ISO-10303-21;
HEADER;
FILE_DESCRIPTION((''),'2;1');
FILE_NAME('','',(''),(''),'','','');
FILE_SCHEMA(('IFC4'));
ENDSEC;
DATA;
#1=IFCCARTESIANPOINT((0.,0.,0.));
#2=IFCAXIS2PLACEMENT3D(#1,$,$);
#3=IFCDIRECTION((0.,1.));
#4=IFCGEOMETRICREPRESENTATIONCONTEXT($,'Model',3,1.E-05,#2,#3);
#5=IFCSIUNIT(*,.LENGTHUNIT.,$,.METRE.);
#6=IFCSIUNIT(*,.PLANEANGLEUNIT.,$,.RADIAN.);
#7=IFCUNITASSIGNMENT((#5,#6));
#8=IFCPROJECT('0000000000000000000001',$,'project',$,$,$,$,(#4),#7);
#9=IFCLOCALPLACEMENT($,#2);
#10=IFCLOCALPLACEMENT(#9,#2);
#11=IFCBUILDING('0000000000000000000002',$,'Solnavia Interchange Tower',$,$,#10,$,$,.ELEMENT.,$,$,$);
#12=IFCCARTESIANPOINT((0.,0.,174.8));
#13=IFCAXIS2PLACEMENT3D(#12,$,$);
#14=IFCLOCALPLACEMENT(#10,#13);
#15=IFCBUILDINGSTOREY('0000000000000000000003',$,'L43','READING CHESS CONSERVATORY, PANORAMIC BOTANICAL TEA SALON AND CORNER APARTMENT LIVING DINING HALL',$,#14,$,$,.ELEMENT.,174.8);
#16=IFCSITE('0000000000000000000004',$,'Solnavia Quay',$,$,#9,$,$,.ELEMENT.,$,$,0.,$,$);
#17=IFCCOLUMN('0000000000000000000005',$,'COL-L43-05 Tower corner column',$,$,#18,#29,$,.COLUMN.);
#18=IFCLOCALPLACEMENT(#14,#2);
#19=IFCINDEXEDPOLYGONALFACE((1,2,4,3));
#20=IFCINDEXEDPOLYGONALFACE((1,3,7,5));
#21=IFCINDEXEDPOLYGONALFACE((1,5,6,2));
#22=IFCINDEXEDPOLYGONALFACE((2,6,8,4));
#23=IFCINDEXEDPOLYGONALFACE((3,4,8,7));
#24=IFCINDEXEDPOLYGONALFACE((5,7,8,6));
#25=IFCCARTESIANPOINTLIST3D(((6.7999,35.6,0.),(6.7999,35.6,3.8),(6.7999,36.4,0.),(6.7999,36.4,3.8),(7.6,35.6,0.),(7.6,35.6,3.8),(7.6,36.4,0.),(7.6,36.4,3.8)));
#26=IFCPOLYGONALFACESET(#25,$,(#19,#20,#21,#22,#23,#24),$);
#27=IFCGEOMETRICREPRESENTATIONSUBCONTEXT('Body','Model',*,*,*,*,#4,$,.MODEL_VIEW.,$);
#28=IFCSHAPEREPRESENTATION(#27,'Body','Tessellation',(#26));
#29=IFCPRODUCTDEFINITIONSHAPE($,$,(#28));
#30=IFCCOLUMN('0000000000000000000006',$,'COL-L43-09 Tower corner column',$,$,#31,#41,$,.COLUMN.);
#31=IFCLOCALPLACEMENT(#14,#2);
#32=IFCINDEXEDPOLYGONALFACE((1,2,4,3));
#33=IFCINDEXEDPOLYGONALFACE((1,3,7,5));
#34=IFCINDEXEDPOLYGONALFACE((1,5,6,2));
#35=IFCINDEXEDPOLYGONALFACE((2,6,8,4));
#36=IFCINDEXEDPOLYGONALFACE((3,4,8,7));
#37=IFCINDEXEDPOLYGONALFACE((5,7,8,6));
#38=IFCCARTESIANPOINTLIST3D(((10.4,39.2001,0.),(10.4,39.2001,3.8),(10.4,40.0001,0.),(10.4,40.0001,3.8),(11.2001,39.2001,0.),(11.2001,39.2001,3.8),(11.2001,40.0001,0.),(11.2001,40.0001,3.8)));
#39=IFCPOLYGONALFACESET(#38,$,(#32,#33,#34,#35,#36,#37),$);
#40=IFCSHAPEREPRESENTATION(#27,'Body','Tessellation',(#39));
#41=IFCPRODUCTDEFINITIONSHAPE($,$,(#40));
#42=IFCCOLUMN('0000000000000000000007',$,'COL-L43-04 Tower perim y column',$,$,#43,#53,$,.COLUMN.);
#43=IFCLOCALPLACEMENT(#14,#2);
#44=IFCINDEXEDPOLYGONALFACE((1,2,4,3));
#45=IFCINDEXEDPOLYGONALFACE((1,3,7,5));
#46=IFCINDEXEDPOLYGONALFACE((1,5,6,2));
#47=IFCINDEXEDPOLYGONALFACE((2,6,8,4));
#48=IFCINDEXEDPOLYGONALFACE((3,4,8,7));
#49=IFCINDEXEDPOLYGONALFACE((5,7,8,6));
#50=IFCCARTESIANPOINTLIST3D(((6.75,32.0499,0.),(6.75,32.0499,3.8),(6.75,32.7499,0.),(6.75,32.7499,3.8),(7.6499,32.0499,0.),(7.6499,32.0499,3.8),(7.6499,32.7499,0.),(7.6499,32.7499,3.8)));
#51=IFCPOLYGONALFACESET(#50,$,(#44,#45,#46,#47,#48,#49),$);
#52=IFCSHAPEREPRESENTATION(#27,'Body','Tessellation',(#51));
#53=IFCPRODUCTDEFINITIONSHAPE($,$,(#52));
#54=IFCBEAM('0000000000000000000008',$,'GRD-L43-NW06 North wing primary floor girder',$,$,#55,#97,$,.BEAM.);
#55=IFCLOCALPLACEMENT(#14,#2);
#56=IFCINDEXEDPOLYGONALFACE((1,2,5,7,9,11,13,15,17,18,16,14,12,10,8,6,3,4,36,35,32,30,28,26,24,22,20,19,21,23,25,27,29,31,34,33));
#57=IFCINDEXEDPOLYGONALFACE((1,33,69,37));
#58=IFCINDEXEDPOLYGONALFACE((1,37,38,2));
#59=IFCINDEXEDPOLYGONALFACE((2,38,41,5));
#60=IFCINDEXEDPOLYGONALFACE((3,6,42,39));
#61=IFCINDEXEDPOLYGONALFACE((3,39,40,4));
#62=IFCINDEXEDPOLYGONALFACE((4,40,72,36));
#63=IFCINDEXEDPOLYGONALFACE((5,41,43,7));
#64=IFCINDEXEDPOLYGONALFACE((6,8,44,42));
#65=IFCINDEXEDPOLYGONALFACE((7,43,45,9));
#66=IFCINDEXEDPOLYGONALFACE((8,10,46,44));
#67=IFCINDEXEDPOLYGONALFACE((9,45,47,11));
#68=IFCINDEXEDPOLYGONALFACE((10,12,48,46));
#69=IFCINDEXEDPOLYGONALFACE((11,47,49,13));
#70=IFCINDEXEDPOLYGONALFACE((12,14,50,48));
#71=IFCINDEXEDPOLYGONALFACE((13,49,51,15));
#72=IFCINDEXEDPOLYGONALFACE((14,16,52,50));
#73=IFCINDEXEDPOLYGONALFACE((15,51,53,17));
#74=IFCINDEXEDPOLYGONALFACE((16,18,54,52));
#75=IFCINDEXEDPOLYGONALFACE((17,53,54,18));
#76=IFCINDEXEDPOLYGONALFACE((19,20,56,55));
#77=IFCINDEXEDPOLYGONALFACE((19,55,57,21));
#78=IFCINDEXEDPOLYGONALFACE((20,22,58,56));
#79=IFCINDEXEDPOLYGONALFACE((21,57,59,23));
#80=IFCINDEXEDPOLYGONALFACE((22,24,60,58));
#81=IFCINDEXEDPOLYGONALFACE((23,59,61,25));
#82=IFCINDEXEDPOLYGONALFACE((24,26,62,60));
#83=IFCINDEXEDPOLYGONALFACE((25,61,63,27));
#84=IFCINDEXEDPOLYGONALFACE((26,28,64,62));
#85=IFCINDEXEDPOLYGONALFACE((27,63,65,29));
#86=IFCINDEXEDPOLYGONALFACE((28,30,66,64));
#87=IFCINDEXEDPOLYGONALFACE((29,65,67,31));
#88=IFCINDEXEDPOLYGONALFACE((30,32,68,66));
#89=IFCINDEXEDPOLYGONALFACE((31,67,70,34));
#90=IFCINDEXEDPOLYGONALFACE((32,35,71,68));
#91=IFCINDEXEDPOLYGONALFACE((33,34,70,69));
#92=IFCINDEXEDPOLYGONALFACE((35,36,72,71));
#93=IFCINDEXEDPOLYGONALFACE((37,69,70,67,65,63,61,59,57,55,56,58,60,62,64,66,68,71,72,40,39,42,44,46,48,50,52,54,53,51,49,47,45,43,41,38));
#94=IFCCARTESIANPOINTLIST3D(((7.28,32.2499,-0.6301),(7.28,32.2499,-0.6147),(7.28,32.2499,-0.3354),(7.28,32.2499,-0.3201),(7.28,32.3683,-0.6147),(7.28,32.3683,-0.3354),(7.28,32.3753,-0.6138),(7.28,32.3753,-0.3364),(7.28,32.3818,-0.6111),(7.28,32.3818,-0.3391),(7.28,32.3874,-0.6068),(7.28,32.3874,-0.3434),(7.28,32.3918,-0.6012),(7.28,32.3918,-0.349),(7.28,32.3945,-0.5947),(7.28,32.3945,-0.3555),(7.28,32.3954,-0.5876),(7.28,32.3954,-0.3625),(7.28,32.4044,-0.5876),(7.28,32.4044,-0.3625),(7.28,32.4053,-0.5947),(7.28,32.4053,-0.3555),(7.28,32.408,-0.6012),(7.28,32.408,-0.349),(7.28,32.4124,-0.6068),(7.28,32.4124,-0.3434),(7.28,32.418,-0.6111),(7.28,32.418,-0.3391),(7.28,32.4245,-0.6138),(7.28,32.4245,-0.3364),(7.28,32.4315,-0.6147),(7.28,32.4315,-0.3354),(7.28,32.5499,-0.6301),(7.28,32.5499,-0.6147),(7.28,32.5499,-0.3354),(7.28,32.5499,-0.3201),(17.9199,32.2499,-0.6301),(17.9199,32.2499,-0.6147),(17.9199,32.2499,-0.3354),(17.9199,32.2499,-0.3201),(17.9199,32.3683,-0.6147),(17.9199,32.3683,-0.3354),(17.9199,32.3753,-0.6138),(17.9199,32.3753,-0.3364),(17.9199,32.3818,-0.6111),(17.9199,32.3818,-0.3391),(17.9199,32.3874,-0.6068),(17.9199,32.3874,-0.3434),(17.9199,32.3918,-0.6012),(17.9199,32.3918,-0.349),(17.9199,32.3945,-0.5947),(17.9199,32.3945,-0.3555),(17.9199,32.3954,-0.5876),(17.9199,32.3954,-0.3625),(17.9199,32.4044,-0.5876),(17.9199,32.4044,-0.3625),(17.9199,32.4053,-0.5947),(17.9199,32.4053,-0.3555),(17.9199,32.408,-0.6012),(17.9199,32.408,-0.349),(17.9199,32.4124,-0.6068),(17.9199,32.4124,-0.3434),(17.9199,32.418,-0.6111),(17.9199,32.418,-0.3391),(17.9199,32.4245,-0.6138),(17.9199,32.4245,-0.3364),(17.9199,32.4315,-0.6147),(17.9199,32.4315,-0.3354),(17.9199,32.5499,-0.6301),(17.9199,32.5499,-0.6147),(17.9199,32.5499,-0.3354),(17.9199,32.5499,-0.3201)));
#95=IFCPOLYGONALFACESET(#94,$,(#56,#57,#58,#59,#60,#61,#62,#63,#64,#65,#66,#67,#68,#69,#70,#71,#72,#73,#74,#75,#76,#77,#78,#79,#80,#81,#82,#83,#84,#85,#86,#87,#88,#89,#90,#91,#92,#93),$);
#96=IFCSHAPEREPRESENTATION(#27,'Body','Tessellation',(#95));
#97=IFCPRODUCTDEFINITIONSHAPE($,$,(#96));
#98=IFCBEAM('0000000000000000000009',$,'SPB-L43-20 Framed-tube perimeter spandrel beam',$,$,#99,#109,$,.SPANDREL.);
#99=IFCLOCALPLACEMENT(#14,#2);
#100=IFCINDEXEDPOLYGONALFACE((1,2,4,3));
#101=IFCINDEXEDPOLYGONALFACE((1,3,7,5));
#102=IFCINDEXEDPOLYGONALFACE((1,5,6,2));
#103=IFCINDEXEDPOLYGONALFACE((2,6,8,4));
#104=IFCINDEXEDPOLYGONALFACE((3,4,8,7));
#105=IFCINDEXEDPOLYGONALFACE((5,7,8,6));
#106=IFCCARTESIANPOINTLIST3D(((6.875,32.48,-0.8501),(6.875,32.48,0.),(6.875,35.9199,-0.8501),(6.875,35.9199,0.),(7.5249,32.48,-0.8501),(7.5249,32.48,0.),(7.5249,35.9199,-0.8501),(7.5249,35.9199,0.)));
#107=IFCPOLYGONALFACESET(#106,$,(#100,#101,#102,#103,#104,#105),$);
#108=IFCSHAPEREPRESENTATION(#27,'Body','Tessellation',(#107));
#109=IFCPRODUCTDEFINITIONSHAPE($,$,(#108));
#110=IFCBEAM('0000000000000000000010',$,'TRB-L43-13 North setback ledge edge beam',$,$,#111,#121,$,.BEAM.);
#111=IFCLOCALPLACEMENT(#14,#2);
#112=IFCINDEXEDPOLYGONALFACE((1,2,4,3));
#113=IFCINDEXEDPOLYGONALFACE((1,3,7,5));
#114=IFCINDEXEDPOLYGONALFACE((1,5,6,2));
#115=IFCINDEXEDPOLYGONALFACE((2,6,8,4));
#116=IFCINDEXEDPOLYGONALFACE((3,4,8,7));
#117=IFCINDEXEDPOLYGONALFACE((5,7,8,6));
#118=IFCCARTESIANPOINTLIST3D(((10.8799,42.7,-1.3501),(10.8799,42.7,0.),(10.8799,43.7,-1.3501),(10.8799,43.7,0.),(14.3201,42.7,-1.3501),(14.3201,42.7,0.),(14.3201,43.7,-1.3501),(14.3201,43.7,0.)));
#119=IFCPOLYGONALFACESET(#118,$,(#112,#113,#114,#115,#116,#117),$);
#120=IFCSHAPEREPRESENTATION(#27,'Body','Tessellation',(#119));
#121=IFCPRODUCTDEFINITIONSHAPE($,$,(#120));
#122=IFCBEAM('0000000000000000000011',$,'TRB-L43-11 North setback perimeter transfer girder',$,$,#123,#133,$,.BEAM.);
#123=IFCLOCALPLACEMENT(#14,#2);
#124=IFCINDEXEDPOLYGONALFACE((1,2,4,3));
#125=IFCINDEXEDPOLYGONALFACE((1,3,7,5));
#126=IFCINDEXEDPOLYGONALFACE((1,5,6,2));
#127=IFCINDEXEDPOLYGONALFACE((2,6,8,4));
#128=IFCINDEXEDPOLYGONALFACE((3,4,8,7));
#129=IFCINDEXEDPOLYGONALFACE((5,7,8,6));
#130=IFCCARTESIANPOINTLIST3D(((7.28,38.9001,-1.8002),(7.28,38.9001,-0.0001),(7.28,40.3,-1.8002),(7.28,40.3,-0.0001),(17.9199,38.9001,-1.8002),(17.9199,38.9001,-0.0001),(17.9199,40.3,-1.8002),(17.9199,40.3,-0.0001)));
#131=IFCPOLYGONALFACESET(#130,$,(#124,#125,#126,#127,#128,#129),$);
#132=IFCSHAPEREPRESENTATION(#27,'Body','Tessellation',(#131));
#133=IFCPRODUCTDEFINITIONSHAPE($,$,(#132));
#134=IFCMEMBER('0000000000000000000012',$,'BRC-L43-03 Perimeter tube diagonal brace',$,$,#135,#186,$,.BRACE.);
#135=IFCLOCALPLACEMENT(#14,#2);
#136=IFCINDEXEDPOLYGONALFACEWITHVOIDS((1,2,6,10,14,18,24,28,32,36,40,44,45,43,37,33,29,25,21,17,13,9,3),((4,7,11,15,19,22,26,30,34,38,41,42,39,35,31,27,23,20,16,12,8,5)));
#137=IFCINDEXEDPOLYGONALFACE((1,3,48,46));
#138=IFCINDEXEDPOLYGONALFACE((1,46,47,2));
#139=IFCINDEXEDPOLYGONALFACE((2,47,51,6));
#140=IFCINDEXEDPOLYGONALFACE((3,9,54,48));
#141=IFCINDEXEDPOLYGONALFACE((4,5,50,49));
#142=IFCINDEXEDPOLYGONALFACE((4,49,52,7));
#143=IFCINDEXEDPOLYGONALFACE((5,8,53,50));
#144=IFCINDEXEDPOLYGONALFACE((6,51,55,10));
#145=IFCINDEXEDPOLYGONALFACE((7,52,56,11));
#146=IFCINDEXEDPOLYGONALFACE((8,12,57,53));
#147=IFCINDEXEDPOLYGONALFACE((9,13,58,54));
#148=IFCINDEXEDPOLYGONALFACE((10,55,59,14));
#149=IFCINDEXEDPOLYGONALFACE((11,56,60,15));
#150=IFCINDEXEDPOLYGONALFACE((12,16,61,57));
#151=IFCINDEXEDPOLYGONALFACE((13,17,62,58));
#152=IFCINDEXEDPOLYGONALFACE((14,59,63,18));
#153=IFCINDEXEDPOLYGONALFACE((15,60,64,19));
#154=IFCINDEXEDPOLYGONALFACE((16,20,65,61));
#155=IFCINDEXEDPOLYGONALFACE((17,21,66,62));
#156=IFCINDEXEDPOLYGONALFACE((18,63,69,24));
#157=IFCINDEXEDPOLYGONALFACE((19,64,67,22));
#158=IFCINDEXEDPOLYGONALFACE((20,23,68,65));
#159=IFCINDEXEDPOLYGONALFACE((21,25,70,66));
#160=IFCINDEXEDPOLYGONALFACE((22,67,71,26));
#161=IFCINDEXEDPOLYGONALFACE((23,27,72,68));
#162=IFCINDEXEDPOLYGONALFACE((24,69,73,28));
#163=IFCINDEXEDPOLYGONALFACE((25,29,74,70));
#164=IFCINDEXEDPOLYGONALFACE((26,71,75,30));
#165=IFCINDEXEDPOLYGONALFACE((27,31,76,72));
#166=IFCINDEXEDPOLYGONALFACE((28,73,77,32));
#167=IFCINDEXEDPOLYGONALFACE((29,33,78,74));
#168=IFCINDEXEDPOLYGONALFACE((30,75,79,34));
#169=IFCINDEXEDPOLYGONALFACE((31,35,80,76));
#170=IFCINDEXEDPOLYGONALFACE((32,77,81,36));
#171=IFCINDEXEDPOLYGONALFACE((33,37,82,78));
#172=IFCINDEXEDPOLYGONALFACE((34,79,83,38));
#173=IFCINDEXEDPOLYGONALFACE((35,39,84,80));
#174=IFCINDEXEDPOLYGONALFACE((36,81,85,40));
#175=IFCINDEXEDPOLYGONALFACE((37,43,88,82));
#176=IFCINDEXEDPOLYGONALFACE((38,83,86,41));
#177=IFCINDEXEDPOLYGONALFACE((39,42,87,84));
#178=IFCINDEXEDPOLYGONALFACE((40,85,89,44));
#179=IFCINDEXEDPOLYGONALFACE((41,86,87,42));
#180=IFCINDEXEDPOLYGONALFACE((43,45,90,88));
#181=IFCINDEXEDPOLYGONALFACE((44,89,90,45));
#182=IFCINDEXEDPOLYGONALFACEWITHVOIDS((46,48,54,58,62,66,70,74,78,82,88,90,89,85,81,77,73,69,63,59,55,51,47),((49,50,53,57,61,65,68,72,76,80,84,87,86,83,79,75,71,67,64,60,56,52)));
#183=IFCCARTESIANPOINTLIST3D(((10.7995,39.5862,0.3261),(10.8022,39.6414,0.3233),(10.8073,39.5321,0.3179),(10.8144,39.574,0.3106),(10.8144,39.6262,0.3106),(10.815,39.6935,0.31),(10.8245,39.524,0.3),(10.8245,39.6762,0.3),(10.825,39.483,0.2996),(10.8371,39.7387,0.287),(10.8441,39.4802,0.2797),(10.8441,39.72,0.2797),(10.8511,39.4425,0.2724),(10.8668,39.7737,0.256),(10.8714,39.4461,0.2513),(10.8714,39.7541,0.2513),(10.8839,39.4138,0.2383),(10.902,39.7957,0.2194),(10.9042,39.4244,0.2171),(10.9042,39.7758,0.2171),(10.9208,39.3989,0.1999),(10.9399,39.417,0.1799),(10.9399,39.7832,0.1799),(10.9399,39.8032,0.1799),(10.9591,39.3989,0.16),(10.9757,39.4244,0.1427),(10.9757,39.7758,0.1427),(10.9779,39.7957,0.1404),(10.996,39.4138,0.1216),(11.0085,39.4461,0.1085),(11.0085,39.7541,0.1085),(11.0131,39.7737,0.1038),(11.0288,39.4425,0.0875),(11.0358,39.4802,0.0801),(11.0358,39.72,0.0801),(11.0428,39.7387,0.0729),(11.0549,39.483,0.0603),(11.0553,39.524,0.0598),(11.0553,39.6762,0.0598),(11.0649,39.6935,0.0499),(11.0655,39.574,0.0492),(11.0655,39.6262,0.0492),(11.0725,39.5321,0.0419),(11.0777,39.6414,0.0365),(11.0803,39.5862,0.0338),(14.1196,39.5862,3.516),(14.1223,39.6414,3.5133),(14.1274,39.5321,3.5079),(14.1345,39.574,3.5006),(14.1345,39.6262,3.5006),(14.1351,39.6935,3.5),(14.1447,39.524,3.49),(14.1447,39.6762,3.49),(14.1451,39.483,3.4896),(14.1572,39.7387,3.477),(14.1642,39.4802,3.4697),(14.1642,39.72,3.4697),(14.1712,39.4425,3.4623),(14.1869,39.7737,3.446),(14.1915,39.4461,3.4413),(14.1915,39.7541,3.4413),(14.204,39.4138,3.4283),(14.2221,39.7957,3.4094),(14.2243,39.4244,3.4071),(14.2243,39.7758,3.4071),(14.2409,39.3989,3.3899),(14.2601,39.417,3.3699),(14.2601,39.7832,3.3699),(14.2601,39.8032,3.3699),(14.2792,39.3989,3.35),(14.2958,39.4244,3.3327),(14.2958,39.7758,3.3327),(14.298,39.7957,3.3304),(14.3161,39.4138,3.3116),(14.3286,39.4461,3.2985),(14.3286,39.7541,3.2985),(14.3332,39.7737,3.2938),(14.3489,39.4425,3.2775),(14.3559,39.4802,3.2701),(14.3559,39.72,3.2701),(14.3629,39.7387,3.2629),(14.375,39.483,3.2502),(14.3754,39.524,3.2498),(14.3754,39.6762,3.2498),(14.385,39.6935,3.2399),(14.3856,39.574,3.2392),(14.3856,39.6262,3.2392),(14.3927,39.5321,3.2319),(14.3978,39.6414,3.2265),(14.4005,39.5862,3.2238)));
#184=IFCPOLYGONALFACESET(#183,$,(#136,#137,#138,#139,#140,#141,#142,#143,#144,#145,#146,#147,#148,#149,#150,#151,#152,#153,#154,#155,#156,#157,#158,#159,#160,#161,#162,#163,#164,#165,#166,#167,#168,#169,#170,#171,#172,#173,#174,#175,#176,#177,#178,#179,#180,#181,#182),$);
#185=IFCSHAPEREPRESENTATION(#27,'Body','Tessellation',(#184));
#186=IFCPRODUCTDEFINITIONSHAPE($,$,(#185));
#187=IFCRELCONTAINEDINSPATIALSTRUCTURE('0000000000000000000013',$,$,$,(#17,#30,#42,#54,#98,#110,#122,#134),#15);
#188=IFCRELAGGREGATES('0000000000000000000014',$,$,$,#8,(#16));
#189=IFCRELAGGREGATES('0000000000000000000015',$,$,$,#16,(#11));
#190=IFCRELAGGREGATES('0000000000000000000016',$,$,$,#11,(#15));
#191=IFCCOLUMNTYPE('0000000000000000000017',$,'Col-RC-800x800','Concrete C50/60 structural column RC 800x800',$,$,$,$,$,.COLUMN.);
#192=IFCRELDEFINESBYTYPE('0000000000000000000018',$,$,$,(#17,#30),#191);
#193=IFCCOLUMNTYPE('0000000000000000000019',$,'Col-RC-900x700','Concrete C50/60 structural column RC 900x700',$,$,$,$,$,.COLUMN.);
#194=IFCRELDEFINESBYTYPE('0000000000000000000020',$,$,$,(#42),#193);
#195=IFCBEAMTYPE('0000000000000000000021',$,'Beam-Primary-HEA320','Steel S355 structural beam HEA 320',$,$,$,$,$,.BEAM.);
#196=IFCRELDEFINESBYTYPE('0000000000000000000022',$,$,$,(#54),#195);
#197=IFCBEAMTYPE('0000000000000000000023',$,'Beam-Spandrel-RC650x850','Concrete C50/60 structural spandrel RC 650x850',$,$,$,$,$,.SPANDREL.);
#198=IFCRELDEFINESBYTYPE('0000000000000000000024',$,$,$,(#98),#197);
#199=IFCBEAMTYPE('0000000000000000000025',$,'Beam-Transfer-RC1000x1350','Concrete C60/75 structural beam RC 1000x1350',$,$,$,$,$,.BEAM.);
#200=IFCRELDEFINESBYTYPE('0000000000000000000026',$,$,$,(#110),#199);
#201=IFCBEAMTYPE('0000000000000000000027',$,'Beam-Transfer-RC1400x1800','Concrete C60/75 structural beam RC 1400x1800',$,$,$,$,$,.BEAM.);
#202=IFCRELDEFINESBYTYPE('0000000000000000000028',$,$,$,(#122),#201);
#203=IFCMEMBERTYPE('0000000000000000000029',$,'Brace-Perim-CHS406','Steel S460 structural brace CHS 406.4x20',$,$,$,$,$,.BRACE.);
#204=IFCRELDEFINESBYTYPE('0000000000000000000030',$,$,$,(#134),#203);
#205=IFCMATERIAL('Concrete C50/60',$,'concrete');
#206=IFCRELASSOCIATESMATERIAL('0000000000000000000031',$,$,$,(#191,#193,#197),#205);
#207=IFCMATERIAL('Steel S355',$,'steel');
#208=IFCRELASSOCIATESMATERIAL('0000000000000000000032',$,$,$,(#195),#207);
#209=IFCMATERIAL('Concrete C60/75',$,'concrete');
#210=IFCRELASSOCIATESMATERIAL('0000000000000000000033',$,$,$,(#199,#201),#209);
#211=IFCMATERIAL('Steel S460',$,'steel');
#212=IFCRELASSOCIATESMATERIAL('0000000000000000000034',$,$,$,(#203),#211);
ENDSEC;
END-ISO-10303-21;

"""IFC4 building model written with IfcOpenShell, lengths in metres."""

from ifc_helpers import new_model, si_unit, direction, frame, origin, origin_2d, place, context, subcontext, project, spatial, rectangle, hollow_circle, i_section, extrude, material, material_profile, profile_set, type_object, element, save


model = new_model("IFC4")

# Units and contexts
model_context = context("Model", 3, precision=1e-05, world=origin(), true_north=direction((0.0, 1.0)))
body_context = subcontext(model_context, "Body", "Model", "MODEL_VIEW")
ifc_project = project(units=[si_unit("LENGTHUNIT", "METRE"), si_unit("PLANEANGLEUNIT", "RADIAN")], contexts=[model_context])

# Site, building, storey
site_placement = place(None, origin())
site = spatial("IfcSite", under=ifc_project, at=site_placement, Name="Solnavia Quay", CompositionType="ELEMENT", RefElevation=0.0)
building_placement = place(site_placement, origin())
building = spatial("IfcBuilding", under=site, at=building_placement, Name="Solnavia Interchange Tower", CompositionType="ELEMENT")
storey_placement = place(building_placement, frame((0.0, 0.0, 174.8)))
storey = spatial("IfcBuildingStorey", under=building, at=storey_placement, Name="L43", Description="READING CHESS CONSERVATORY, PANORAMIC BOTANICAL TEA SALON AND CORNER APARTMENT LIVING DINING HALL", CompositionType="ELEMENT", Elevation=174.8)

# Columns
ifc_material_1 = material(Name="Concrete C50/60", Category="concrete")
ifc_material_profile_1 = material_profile(ifc_material_1, rectangle(XDim=0.8, YDim=0.8, at=origin_2d()), Name="RC 800x800")
ifc_profile_set_1 = profile_set([ifc_material_profile_1], Name="Concrete C50/60")
column_type_1 = type_object("IfcColumnType", Name="Col-RC-800x800", Description="Concrete C50/60 structural column RC 800x800", PredefinedType="COLUMN", material=ifc_profile_set_1)
for number, where, z_axis, x_axis, name in (
    (1, (7.2, 36.0, 0.0), (0.0, 0.0, 1.0), (0.0, 1.0, 0.0), "COL-L43-05 Tower corner column"),
    (2, (10.8, 39.6001, 0.0), (0.0, 0.0, 1.0), (1.0, 0.0, 0.0), "COL-L43-09 Tower corner column"),
):
    element("IfcColumn", number, at=place(storey_placement, frame(where, z_axis=z_axis, x_axis=x_axis)), inside=storey, type_object=column_type_1, Name=name, PredefinedType="COLUMN", context=body_context, shape_type="SweptSolid", body=[
        extrude(rectangle(XDim=0.8, YDim=0.8, at=origin_2d()), origin(), (0.0, 0.0, 1.0), 3.8),
    ])
ifc_material_profile_2 = material_profile(ifc_material_1, rectangle(XDim=0.7, YDim=0.8999, at=origin_2d()), Name="RC 900x700")
ifc_profile_set_2 = profile_set([ifc_material_profile_2], Name="Concrete C50/60")
column_type_2 = type_object("IfcColumnType", Name="Col-RC-900x700", Description="Concrete C50/60 structural column RC 900x700", PredefinedType="COLUMN", material=ifc_profile_set_2)
column_placement = place(storey_placement, frame((7.2, 32.3999, 0.0), z_axis=(0.0, 0.0, 1.0), x_axis=(0.0, 1.0, 0.0)))
element("IfcColumn", 3, at=column_placement, inside=storey, type_object=column_type_2, Name="COL-L43-04 Tower perim y column", PredefinedType="COLUMN", context=body_context, shape_type="SweptSolid", body=[
    extrude(rectangle(XDim=0.7, YDim=0.8999, at=origin_2d()), origin(), (0.0, 0.0, 1.0), 3.8),
])

# Beams
ifc_material_2 = material(Name="Steel S355", Category="steel")
ifc_material_profile_3 = material_profile(ifc_material_2, i_section(OverallWidth=0.3, OverallDepth=0.3101, WebThickness=0.009, FlangeThickness=0.0154, FilletRadius=0.0271, at=origin_2d()), Name="HEA 320")
ifc_profile_set_3 = profile_set([ifc_material_profile_3], Name="Steel S355")
beam_type_1 = type_object("IfcBeamType", Name="Beam-Primary-HEA320", Description="Steel S355 structural beam HEA 320", PredefinedType="BEAM", material=ifc_profile_set_3)
beam_1_placement = place(storey_placement, frame((7.28, 32.3999, -0.4751), z_axis=(1.0, 0.0, 0.0), x_axis=(0.0, 1.0, 0.0)))
element("IfcBeam", 4, at=beam_1_placement, inside=storey, type_object=beam_type_1, Name="GRD-L43-NW06 North wing primary floor girder", PredefinedType="BEAM", context=body_context, shape_type="SweptSolid", body=[
    extrude(i_section(OverallWidth=0.3, OverallDepth=0.3101, WebThickness=0.009, FlangeThickness=0.0154, FilletRadius=0.0271, at=origin_2d()), origin(), (0.0, 0.0, 1.0), 10.6399),
])
ifc_material_profile_4 = material_profile(ifc_material_1, rectangle(XDim=0.6499, YDim=0.8501, at=origin_2d()), Name="RC 650x850")
ifc_profile_set_4 = profile_set([ifc_material_profile_4], Name="Concrete C50/60")
beam_type_2 = type_object("IfcBeamType", Name="Beam-Spandrel-RC650x850", Description="Concrete C50/60 structural spandrel RC 650x850", PredefinedType="SPANDREL", material=ifc_profile_set_4)
beam_2_placement = place(storey_placement, frame((7.2, 35.9199, -0.425), z_axis=(0.0, -1.0, 0.0), x_axis=(1.0, 0.0, 0.0)))
element("IfcBeam", 5, at=beam_2_placement, inside=storey, type_object=beam_type_2, Name="SPB-L43-20 Framed-tube perimeter spandrel beam", PredefinedType="SPANDREL", context=body_context, shape_type="SweptSolid", body=[
    extrude(rectangle(XDim=0.6499, YDim=0.8501, at=origin_2d()), origin(), (0.0, 0.0, 1.0), 3.4399),
])
ifc_material_3 = material(Name="Concrete C60/75", Category="concrete")
ifc_material_profile_5 = material_profile(ifc_material_3, rectangle(XDim=1.0, YDim=1.3501, at=origin_2d()), Name="RC 1000x1350")
ifc_profile_set_5 = profile_set([ifc_material_profile_5], Name="Concrete C60/75")
beam_type_3 = type_object("IfcBeamType", Name="Beam-Transfer-RC1000x1350", Description="Concrete C60/75 structural beam RC 1000x1350", PredefinedType="BEAM", material=ifc_profile_set_5)
beam_3_placement = place(storey_placement, frame((10.8799, 43.2, -0.675), z_axis=(1.0, 0.0, 0.0), x_axis=(0.0, 1.0, 0.0)))
element("IfcBeam", 6, at=beam_3_placement, inside=storey, type_object=beam_type_3, Name="TRB-L43-13 North setback ledge edge beam", PredefinedType="BEAM", context=body_context, shape_type="SweptSolid", body=[
    extrude(rectangle(XDim=1.0, YDim=1.3501, at=origin_2d()), origin(), (0.0, 0.0, 1.0), 3.4402),
])
ifc_material_profile_6 = material_profile(ifc_material_3, rectangle(XDim=1.3999, YDim=1.8, at=origin_2d()), Name="RC 1400x1800")
ifc_profile_set_6 = profile_set([ifc_material_profile_6], Name="Concrete C60/75")
beam_type_4 = type_object("IfcBeamType", Name="Beam-Transfer-RC1400x1800", Description="Concrete C60/75 structural beam RC 1400x1800", PredefinedType="BEAM", material=ifc_profile_set_6)
beam_4_placement = place(storey_placement, frame((7.28, 39.6001, -0.9001), z_axis=(1.0, 0.0, 0.0), x_axis=(0.0, 1.0, 0.0)))
element("IfcBeam", 7, at=beam_4_placement, inside=storey, type_object=beam_type_4, Name="TRB-L43-11 North setback perimeter transfer girder", PredefinedType="BEAM", context=body_context, shape_type="SweptSolid", body=[
    extrude(rectangle(XDim=1.3999, YDim=1.8, at=origin_2d()), origin(), (0.0, 0.0, 1.0), 10.6399),
])

# Member
ifc_material_4 = material(Name="Steel S460", Category="steel")
ifc_material_profile_7 = material_profile(ifc_material_4, hollow_circle(Radius=0.2031, WallThickness=0.02, at=origin_2d()), Name="CHS 406.4x20")
ifc_profile_set_7 = profile_set([ifc_material_profile_7], Name="Steel S460")
member_type = type_object("IfcMemberType", Name="Brace-Perim-CHS406", Description="Steel S460 structural brace CHS 406.4x20", PredefinedType="BRACE", material=ifc_profile_set_7)
member_placement = place(storey_placement, frame((10.9399, 39.6001, 0.1799), z_axis=(0.721097, 0.0, 0.692834), x_axis=(0.0, 1.0, 0.0)))
element("IfcMember", 8, at=member_placement, inside=storey, type_object=member_type, Name="BRC-L43-03 Perimeter tube diagonal brace", PredefinedType="BRACE", context=body_context, shape_type="SweptSolid", body=[
    extrude(hollow_circle(Radius=0.2031, WallThickness=0.02, at=origin_2d()), origin(), (0.0, 0.0, 1.0), 4.6042),
])

save(model, "model.ifc")
